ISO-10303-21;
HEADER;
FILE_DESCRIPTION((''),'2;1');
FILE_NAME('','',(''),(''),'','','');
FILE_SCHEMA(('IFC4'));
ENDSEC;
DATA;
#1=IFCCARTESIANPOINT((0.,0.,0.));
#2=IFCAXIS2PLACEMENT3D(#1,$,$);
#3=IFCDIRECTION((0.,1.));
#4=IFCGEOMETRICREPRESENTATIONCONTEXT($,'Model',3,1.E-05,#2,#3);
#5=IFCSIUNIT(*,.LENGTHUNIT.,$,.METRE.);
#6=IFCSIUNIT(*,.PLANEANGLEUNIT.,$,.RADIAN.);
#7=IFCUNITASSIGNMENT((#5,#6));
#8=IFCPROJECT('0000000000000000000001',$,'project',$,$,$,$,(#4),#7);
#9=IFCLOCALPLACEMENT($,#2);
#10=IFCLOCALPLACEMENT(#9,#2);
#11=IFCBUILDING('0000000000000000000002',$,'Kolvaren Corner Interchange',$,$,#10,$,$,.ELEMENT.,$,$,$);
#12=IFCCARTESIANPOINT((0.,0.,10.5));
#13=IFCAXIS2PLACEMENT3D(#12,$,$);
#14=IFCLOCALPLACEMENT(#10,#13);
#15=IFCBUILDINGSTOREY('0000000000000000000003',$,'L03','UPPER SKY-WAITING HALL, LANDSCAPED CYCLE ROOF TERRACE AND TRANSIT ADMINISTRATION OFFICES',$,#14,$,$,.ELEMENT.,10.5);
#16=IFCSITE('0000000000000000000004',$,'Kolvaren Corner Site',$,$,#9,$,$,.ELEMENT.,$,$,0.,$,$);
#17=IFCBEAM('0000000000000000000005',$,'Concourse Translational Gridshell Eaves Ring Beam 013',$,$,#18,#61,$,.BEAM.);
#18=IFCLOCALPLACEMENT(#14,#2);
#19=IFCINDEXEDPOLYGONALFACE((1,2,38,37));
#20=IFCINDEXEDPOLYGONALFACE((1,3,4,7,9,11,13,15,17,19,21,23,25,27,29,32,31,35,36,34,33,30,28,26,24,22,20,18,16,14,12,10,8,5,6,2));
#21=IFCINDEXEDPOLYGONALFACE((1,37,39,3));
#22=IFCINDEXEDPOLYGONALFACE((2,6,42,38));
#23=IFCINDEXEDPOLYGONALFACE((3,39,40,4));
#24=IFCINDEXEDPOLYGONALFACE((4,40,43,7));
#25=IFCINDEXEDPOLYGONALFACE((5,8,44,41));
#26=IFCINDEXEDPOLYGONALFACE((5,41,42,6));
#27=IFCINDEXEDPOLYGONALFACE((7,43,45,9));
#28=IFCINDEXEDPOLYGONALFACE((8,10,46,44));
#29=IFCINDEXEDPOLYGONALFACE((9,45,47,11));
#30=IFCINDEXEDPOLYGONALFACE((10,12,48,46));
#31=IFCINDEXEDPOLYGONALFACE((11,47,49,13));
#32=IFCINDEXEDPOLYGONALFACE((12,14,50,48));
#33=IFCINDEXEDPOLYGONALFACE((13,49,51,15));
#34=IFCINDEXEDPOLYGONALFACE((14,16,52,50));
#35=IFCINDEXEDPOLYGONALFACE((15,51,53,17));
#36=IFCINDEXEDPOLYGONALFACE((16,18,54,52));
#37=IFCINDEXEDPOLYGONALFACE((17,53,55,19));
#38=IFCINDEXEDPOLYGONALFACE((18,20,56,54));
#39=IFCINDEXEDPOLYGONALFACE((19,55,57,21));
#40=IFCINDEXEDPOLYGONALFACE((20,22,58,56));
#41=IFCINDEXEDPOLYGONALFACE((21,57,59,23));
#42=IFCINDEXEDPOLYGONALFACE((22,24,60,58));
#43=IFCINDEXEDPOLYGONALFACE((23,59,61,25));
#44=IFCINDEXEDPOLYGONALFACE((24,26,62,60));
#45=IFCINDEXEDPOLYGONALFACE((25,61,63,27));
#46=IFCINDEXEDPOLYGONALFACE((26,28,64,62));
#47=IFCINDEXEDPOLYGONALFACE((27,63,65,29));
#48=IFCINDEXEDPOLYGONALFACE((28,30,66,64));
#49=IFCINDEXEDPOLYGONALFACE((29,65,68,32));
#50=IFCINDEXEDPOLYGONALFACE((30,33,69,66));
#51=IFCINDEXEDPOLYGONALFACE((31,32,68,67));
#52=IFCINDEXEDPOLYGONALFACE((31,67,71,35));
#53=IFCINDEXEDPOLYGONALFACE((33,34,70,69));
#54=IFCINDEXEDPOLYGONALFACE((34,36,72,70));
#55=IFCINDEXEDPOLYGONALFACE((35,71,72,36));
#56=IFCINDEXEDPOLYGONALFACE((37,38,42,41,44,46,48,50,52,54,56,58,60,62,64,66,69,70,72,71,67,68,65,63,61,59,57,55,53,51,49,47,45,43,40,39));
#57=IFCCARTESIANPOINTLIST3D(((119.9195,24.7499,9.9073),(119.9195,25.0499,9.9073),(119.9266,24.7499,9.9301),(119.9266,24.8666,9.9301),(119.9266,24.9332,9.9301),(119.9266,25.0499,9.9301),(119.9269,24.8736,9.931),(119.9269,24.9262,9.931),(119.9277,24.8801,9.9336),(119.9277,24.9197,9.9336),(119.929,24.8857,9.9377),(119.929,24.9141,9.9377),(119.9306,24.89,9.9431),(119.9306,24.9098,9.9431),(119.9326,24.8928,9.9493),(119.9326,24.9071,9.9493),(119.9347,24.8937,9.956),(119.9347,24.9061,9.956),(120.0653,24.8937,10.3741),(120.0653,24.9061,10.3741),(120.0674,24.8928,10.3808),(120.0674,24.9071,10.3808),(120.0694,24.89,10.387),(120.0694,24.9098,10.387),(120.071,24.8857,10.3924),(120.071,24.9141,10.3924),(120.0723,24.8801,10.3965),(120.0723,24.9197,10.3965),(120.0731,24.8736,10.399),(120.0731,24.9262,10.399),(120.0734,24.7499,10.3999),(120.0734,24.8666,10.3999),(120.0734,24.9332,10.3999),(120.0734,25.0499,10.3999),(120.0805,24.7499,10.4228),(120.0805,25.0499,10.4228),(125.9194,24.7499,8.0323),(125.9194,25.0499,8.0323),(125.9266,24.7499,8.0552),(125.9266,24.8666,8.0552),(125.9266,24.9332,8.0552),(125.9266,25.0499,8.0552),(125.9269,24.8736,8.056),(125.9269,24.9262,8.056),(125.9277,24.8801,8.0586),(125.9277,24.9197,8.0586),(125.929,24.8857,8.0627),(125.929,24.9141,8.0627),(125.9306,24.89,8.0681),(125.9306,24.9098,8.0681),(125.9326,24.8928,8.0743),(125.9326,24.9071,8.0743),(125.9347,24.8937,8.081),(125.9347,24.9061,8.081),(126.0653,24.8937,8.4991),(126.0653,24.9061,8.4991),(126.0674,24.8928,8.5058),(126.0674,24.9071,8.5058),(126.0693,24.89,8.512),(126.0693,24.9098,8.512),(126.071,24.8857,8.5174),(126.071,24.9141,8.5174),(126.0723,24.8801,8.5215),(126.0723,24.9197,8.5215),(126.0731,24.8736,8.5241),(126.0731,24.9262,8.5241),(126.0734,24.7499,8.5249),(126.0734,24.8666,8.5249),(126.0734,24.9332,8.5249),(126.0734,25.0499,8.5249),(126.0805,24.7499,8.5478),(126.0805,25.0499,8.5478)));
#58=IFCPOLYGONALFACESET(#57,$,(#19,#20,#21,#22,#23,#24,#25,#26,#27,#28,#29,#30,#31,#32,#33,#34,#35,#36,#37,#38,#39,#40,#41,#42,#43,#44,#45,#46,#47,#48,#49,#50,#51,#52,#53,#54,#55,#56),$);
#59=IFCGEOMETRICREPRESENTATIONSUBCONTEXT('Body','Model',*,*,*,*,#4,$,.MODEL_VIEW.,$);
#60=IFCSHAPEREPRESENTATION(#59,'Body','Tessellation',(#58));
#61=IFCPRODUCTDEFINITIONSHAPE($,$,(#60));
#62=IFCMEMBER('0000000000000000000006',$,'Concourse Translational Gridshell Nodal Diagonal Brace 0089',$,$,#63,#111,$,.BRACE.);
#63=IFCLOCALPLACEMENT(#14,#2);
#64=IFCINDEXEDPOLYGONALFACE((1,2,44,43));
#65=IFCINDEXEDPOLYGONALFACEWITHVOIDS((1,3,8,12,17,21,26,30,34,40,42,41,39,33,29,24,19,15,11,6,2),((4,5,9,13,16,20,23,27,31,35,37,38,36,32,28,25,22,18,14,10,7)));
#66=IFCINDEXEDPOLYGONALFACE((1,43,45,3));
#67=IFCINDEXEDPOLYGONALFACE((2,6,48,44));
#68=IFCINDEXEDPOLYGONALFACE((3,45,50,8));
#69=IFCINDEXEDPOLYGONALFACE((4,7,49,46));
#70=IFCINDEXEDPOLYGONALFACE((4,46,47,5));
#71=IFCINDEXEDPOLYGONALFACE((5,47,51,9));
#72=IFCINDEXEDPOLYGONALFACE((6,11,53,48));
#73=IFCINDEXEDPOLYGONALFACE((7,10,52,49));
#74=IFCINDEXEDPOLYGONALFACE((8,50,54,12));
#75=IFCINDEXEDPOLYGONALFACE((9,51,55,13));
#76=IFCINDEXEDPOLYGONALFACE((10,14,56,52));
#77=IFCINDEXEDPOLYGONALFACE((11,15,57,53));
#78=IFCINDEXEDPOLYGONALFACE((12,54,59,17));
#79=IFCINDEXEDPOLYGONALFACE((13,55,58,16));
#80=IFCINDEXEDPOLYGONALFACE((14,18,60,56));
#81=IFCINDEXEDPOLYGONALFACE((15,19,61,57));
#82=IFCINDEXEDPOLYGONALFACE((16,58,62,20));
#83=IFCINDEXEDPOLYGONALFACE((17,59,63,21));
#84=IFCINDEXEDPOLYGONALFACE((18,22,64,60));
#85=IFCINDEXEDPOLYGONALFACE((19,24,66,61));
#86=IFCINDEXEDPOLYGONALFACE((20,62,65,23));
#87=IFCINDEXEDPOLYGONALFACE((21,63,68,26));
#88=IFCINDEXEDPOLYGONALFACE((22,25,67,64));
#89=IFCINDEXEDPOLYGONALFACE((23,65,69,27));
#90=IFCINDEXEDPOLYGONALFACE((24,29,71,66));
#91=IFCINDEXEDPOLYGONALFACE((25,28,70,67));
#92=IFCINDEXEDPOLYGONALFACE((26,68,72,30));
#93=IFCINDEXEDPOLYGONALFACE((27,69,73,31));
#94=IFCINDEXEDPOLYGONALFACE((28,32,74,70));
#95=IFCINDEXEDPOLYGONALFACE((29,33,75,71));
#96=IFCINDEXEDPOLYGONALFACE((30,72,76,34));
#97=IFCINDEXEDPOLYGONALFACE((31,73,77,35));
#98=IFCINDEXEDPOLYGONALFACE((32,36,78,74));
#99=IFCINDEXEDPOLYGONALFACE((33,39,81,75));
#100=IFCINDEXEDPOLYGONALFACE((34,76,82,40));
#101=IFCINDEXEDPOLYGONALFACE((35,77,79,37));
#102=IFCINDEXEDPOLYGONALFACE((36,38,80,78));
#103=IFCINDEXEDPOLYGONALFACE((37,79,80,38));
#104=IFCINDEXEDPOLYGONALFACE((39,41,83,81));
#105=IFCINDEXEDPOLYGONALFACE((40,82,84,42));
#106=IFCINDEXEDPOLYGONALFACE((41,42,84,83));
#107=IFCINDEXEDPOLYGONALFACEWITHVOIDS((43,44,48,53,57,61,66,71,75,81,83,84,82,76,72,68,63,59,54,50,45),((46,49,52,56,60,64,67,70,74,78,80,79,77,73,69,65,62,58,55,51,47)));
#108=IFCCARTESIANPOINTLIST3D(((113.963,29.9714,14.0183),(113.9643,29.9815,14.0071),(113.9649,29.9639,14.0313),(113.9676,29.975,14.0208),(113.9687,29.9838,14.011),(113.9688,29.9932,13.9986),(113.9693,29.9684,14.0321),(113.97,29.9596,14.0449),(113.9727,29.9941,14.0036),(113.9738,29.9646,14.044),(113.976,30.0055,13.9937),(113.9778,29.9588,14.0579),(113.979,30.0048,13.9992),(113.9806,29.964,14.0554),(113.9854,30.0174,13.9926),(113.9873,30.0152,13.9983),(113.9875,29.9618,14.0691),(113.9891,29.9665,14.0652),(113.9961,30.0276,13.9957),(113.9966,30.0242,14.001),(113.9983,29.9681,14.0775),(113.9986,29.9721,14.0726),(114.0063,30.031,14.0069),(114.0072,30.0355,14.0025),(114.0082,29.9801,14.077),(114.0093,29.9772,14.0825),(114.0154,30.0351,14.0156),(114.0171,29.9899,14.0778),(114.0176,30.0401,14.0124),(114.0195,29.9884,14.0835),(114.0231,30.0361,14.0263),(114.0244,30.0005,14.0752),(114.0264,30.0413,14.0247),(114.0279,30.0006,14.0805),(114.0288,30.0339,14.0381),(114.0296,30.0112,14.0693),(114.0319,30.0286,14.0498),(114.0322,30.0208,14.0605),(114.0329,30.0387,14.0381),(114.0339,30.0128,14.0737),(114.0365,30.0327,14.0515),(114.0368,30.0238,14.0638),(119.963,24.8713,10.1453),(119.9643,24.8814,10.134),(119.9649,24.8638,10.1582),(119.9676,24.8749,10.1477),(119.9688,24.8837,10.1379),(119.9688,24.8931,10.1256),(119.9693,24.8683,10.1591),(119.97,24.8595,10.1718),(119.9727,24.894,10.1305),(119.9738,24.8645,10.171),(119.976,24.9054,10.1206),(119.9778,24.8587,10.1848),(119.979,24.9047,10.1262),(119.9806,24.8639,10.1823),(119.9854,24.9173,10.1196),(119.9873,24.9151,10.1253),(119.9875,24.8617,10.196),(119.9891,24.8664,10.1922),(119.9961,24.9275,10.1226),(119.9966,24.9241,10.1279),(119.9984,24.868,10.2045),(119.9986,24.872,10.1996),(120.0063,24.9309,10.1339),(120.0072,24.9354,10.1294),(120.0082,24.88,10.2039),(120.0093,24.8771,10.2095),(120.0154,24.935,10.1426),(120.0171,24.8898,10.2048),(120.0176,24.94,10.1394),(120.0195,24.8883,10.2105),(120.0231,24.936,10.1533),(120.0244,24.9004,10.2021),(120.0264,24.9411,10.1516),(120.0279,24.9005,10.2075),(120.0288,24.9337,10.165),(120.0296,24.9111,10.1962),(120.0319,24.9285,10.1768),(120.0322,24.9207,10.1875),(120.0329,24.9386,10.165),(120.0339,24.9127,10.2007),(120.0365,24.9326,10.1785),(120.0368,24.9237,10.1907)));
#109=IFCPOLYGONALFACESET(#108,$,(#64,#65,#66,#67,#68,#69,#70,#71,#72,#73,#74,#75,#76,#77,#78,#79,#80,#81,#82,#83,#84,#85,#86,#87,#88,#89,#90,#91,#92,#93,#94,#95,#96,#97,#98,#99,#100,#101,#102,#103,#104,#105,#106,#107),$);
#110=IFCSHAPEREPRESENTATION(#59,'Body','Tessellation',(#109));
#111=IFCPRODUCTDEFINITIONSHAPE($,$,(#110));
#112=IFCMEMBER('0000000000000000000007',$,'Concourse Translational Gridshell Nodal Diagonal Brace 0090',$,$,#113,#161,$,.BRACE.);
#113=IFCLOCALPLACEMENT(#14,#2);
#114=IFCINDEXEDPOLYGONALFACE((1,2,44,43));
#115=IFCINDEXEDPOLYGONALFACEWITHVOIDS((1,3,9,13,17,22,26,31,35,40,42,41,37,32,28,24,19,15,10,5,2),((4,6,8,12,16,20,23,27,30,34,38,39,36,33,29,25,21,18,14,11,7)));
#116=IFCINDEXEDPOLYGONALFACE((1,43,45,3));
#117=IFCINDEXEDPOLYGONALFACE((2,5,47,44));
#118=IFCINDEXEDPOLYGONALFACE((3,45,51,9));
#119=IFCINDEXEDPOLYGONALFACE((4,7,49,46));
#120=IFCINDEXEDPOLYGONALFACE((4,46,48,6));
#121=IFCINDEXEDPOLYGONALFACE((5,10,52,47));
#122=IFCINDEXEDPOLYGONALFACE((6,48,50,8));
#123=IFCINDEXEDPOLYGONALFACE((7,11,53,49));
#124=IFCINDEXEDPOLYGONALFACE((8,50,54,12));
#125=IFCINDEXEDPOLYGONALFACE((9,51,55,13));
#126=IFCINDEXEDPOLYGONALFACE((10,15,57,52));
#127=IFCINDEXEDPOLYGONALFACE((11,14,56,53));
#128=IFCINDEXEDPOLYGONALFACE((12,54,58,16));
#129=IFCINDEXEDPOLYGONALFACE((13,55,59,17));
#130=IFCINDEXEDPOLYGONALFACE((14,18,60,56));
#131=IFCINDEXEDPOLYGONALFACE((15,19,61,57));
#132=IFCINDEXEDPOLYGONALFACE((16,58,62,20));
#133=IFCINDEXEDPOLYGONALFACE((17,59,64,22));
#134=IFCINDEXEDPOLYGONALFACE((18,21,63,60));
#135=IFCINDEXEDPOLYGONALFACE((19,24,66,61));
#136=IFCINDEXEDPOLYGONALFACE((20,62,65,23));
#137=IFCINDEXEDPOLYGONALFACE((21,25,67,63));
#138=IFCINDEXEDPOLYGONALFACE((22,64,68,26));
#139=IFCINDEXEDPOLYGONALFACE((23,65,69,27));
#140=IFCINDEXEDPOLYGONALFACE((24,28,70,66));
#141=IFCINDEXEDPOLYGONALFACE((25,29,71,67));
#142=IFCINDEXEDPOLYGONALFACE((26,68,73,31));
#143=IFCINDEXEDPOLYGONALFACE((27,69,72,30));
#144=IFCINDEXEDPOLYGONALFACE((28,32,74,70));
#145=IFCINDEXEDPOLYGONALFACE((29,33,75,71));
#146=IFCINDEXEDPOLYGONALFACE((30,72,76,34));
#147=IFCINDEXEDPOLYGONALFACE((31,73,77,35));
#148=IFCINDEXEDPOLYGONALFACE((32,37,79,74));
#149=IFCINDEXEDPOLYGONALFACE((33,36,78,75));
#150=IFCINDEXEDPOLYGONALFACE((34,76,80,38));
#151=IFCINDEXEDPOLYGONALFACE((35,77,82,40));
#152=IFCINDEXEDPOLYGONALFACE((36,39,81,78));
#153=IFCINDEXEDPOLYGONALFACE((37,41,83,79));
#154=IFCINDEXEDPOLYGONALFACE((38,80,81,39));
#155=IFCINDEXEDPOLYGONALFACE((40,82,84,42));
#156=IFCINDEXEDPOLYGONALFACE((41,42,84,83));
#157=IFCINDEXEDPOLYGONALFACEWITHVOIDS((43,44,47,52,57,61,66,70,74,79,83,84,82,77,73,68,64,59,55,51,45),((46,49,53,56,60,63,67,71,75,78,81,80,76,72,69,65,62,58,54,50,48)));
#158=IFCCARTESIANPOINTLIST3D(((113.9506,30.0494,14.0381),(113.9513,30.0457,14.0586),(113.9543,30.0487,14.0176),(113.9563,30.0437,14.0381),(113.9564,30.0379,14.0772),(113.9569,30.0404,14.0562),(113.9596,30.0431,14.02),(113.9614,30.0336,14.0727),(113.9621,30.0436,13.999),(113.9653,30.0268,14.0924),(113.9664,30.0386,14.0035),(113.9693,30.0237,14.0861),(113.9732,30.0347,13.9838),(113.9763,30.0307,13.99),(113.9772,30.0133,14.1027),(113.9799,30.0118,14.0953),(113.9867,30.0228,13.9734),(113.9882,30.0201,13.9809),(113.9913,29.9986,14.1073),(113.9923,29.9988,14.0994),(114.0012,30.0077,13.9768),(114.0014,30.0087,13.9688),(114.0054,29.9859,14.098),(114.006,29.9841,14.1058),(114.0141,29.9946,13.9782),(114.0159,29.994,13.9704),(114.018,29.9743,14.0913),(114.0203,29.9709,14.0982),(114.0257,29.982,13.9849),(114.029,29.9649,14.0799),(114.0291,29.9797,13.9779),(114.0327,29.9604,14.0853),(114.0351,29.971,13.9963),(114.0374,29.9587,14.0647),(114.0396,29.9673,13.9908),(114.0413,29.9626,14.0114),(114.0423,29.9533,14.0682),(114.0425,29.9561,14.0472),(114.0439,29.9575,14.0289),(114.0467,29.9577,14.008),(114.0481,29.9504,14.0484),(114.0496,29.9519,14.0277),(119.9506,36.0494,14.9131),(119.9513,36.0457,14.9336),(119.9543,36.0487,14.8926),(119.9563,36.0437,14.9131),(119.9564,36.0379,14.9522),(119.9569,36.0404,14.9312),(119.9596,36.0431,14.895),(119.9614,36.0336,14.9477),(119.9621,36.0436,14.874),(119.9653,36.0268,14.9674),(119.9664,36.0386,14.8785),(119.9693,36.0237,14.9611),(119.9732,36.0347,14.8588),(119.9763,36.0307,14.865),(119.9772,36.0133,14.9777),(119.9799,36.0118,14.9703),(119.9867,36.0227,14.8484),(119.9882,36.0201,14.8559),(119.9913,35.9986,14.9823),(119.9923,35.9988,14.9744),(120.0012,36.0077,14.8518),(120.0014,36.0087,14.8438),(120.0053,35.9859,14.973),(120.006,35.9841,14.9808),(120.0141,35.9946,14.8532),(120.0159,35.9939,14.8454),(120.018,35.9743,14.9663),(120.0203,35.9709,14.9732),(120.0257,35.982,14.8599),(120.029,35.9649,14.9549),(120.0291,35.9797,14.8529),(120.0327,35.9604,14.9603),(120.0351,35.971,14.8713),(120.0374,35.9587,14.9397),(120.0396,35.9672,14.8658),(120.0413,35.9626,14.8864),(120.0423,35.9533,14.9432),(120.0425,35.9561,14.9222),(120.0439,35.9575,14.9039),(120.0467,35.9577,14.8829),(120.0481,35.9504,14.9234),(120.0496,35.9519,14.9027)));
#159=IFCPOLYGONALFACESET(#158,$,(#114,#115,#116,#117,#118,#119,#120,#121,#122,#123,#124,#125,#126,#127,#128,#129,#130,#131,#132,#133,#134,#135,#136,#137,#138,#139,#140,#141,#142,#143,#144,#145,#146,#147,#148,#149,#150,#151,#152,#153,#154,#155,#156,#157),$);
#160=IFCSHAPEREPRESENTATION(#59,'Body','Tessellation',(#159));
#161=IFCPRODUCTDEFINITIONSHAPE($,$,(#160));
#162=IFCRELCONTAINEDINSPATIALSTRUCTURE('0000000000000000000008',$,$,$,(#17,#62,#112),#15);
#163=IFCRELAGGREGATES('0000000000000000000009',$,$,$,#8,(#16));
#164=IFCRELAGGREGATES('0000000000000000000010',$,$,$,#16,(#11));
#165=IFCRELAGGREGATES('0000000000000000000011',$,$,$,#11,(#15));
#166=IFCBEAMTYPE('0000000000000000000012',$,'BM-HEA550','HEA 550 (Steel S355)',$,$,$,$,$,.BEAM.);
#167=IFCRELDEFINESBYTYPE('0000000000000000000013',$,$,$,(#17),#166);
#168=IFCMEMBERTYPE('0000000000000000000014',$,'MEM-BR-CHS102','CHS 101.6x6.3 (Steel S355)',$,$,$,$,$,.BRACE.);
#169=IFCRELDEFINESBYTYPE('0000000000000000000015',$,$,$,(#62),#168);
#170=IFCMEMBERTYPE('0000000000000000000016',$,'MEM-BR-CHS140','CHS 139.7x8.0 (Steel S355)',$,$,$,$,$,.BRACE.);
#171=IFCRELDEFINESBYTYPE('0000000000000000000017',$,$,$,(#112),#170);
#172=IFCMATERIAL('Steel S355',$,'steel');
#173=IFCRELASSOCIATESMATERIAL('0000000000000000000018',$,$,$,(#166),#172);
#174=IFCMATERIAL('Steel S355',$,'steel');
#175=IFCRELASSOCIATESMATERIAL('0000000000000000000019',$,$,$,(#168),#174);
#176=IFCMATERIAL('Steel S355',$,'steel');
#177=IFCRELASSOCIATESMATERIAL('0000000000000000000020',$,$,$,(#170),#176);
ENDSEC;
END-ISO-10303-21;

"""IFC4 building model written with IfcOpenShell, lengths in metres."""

from ifc_helpers import new_model, si_unit, direction, frame, origin, origin_2d, place, context, subcontext, project, spatial, hollow_circle, i_section, extrude, material, material_profile, profile_set, type_object, element, save


model = new_model("IFC4")

# Units and contexts
model_context = context("Model", 3, precision=1e-05, world=origin(), true_north=direction((0.0, 1.0)))
body_context = subcontext(model_context, "Body", "Model", "MODEL_VIEW")
ifc_project = project(units=[si_unit("LENGTHUNIT", "METRE"), si_unit("PLANEANGLEUNIT", "RADIAN")], contexts=[model_context])

# Site, building, storey
site_placement = place(None, origin())
site = spatial("IfcSite", under=ifc_project, at=site_placement, Name="Kolvaren Corner Site", CompositionType="ELEMENT", RefElevation=0.0)
building_placement = place(site_placement, origin())
building = spatial("IfcBuilding", under=site, at=building_placement, Name="Kolvaren Corner Interchange", CompositionType="ELEMENT")
storey_placement = place(building_placement, frame((0.0, 0.0, 10.5)))
storey = spatial("IfcBuildingStorey", under=building, at=storey_placement, Name="L03", Description="UPPER SKY-WAITING HALL, LANDSCAPED CYCLE ROOF TERRACE AND TRANSIT ADMINISTRATION OFFICES", CompositionType="ELEMENT", Elevation=10.5)

# Beam
ifc_material_1 = material(Name="Steel S355", Category="steel")
ifc_material_profile_1 = material_profile(ifc_material_1, i_section(OverallWidth=0.3, OverallDepth=0.54, WebThickness=0.0125, FlangeThickness=0.0239, FilletRadius=0.0271, at=origin_2d()), Name="HEA 550")
ifc_profile_set_1 = profile_set([ifc_material_profile_1], Name="Steel S355")
beam_type_1 = type_object("IfcBeamType", Name="BM-HEA550", Description="HEA 550 (Steel S355)", PredefinedType="BEAM", material=ifc_profile_set_1)
beam_1_placement = place(storey_placement, frame((120.0, 24.8999, 10.165), z_axis=(0.95448, 0.0, -0.298275), x_axis=(0.0, 1.0, 0.0)))
element("IfcBeam", 1, at=beam_1_placement, inside=storey, type_object=beam_type_1, Name="Concourse Translational Gridshell Eaves Ring Beam 013", PredefinedType="BEAM", context=body_context, shape_type="SweptSolid", body=[
    extrude(i_section(OverallWidth=0.3, OverallDepth=0.54, WebThickness=0.0125, FlangeThickness=0.0239, FilletRadius=0.0271, at=origin_2d()), origin(), (0.0, 0.0, 1.0), 6.2861),
])

# Members
ifc_material_2 = material(Name="Steel S355", Category="steel")
ifc_material_profile_2 = material_profile(ifc_material_2, hollow_circle(Radius=0.0508, WallThickness=0.0063, at=origin_2d()), Name="CHS 101.6x6.3")
ifc_profile_set_2 = profile_set([ifc_material_profile_2], Name="Steel S355")
member_type_1 = type_object("IfcMemberType", Name="MEM-BR-CHS102", Description="CHS 101.6x6.3 (Steel S355)", PredefinedType="BRACE", material=ifc_profile_set_2)
member_1_placement = place(storey_placement, frame((114.0, 30.0, 14.0381), z_axis=(0.683712, -0.581167, -0.441342), x_axis=(0.647656, 0.761933, 0.0)))
element("IfcMember", 2, at=member_1_placement, inside=storey, type_object=member_type_1, Name="Concourse Translational Gridshell Nodal Diagonal Brace 0089", PredefinedType="BRACE", context=body_context, shape_type="SweptSolid", body=[
    extrude(hollow_circle(Radius=0.0508, WallThickness=0.0063, at=origin_2d()), origin(), (0.0, 0.0, 1.0), 8.7756),
])
ifc_material_3 = material(Name="Steel S355", Category="steel")
ifc_material_profile_3 = material_profile(ifc_material_3, hollow_circle(Radius=0.0698, WallThickness=0.0081, at=origin_2d()), Name="CHS 139.7x8.0")
ifc_profile_set_3 = profile_set([ifc_material_profile_3], Name="Steel S355")
member_type_2 = type_object("IfcMemberType", Name="MEM-BR-CHS140", Description="CHS 139.7x8.0 (Steel S355)", PredefinedType="BRACE", material=ifc_profile_set_3)
member_2_placement = place(storey_placement, frame((114.0, 30.0, 14.0381), z_axis=(0.703377, 0.703377, 0.102576), x_axis=(-0.707107, 0.707107, 0.0)))
element("IfcMember", 3, at=member_2_placement, inside=storey, type_object=member_type_2, Name="Concourse Translational Gridshell Nodal Diagonal Brace 0090", PredefinedType="BRACE", context=body_context, shape_type="SweptSolid", body=[
    extrude(hollow_circle(Radius=0.0698, WallThickness=0.0081, at=origin_2d()), origin(), (0.0, 0.0, 1.0), 8.5303),
])

save(model, "model.ifc")
